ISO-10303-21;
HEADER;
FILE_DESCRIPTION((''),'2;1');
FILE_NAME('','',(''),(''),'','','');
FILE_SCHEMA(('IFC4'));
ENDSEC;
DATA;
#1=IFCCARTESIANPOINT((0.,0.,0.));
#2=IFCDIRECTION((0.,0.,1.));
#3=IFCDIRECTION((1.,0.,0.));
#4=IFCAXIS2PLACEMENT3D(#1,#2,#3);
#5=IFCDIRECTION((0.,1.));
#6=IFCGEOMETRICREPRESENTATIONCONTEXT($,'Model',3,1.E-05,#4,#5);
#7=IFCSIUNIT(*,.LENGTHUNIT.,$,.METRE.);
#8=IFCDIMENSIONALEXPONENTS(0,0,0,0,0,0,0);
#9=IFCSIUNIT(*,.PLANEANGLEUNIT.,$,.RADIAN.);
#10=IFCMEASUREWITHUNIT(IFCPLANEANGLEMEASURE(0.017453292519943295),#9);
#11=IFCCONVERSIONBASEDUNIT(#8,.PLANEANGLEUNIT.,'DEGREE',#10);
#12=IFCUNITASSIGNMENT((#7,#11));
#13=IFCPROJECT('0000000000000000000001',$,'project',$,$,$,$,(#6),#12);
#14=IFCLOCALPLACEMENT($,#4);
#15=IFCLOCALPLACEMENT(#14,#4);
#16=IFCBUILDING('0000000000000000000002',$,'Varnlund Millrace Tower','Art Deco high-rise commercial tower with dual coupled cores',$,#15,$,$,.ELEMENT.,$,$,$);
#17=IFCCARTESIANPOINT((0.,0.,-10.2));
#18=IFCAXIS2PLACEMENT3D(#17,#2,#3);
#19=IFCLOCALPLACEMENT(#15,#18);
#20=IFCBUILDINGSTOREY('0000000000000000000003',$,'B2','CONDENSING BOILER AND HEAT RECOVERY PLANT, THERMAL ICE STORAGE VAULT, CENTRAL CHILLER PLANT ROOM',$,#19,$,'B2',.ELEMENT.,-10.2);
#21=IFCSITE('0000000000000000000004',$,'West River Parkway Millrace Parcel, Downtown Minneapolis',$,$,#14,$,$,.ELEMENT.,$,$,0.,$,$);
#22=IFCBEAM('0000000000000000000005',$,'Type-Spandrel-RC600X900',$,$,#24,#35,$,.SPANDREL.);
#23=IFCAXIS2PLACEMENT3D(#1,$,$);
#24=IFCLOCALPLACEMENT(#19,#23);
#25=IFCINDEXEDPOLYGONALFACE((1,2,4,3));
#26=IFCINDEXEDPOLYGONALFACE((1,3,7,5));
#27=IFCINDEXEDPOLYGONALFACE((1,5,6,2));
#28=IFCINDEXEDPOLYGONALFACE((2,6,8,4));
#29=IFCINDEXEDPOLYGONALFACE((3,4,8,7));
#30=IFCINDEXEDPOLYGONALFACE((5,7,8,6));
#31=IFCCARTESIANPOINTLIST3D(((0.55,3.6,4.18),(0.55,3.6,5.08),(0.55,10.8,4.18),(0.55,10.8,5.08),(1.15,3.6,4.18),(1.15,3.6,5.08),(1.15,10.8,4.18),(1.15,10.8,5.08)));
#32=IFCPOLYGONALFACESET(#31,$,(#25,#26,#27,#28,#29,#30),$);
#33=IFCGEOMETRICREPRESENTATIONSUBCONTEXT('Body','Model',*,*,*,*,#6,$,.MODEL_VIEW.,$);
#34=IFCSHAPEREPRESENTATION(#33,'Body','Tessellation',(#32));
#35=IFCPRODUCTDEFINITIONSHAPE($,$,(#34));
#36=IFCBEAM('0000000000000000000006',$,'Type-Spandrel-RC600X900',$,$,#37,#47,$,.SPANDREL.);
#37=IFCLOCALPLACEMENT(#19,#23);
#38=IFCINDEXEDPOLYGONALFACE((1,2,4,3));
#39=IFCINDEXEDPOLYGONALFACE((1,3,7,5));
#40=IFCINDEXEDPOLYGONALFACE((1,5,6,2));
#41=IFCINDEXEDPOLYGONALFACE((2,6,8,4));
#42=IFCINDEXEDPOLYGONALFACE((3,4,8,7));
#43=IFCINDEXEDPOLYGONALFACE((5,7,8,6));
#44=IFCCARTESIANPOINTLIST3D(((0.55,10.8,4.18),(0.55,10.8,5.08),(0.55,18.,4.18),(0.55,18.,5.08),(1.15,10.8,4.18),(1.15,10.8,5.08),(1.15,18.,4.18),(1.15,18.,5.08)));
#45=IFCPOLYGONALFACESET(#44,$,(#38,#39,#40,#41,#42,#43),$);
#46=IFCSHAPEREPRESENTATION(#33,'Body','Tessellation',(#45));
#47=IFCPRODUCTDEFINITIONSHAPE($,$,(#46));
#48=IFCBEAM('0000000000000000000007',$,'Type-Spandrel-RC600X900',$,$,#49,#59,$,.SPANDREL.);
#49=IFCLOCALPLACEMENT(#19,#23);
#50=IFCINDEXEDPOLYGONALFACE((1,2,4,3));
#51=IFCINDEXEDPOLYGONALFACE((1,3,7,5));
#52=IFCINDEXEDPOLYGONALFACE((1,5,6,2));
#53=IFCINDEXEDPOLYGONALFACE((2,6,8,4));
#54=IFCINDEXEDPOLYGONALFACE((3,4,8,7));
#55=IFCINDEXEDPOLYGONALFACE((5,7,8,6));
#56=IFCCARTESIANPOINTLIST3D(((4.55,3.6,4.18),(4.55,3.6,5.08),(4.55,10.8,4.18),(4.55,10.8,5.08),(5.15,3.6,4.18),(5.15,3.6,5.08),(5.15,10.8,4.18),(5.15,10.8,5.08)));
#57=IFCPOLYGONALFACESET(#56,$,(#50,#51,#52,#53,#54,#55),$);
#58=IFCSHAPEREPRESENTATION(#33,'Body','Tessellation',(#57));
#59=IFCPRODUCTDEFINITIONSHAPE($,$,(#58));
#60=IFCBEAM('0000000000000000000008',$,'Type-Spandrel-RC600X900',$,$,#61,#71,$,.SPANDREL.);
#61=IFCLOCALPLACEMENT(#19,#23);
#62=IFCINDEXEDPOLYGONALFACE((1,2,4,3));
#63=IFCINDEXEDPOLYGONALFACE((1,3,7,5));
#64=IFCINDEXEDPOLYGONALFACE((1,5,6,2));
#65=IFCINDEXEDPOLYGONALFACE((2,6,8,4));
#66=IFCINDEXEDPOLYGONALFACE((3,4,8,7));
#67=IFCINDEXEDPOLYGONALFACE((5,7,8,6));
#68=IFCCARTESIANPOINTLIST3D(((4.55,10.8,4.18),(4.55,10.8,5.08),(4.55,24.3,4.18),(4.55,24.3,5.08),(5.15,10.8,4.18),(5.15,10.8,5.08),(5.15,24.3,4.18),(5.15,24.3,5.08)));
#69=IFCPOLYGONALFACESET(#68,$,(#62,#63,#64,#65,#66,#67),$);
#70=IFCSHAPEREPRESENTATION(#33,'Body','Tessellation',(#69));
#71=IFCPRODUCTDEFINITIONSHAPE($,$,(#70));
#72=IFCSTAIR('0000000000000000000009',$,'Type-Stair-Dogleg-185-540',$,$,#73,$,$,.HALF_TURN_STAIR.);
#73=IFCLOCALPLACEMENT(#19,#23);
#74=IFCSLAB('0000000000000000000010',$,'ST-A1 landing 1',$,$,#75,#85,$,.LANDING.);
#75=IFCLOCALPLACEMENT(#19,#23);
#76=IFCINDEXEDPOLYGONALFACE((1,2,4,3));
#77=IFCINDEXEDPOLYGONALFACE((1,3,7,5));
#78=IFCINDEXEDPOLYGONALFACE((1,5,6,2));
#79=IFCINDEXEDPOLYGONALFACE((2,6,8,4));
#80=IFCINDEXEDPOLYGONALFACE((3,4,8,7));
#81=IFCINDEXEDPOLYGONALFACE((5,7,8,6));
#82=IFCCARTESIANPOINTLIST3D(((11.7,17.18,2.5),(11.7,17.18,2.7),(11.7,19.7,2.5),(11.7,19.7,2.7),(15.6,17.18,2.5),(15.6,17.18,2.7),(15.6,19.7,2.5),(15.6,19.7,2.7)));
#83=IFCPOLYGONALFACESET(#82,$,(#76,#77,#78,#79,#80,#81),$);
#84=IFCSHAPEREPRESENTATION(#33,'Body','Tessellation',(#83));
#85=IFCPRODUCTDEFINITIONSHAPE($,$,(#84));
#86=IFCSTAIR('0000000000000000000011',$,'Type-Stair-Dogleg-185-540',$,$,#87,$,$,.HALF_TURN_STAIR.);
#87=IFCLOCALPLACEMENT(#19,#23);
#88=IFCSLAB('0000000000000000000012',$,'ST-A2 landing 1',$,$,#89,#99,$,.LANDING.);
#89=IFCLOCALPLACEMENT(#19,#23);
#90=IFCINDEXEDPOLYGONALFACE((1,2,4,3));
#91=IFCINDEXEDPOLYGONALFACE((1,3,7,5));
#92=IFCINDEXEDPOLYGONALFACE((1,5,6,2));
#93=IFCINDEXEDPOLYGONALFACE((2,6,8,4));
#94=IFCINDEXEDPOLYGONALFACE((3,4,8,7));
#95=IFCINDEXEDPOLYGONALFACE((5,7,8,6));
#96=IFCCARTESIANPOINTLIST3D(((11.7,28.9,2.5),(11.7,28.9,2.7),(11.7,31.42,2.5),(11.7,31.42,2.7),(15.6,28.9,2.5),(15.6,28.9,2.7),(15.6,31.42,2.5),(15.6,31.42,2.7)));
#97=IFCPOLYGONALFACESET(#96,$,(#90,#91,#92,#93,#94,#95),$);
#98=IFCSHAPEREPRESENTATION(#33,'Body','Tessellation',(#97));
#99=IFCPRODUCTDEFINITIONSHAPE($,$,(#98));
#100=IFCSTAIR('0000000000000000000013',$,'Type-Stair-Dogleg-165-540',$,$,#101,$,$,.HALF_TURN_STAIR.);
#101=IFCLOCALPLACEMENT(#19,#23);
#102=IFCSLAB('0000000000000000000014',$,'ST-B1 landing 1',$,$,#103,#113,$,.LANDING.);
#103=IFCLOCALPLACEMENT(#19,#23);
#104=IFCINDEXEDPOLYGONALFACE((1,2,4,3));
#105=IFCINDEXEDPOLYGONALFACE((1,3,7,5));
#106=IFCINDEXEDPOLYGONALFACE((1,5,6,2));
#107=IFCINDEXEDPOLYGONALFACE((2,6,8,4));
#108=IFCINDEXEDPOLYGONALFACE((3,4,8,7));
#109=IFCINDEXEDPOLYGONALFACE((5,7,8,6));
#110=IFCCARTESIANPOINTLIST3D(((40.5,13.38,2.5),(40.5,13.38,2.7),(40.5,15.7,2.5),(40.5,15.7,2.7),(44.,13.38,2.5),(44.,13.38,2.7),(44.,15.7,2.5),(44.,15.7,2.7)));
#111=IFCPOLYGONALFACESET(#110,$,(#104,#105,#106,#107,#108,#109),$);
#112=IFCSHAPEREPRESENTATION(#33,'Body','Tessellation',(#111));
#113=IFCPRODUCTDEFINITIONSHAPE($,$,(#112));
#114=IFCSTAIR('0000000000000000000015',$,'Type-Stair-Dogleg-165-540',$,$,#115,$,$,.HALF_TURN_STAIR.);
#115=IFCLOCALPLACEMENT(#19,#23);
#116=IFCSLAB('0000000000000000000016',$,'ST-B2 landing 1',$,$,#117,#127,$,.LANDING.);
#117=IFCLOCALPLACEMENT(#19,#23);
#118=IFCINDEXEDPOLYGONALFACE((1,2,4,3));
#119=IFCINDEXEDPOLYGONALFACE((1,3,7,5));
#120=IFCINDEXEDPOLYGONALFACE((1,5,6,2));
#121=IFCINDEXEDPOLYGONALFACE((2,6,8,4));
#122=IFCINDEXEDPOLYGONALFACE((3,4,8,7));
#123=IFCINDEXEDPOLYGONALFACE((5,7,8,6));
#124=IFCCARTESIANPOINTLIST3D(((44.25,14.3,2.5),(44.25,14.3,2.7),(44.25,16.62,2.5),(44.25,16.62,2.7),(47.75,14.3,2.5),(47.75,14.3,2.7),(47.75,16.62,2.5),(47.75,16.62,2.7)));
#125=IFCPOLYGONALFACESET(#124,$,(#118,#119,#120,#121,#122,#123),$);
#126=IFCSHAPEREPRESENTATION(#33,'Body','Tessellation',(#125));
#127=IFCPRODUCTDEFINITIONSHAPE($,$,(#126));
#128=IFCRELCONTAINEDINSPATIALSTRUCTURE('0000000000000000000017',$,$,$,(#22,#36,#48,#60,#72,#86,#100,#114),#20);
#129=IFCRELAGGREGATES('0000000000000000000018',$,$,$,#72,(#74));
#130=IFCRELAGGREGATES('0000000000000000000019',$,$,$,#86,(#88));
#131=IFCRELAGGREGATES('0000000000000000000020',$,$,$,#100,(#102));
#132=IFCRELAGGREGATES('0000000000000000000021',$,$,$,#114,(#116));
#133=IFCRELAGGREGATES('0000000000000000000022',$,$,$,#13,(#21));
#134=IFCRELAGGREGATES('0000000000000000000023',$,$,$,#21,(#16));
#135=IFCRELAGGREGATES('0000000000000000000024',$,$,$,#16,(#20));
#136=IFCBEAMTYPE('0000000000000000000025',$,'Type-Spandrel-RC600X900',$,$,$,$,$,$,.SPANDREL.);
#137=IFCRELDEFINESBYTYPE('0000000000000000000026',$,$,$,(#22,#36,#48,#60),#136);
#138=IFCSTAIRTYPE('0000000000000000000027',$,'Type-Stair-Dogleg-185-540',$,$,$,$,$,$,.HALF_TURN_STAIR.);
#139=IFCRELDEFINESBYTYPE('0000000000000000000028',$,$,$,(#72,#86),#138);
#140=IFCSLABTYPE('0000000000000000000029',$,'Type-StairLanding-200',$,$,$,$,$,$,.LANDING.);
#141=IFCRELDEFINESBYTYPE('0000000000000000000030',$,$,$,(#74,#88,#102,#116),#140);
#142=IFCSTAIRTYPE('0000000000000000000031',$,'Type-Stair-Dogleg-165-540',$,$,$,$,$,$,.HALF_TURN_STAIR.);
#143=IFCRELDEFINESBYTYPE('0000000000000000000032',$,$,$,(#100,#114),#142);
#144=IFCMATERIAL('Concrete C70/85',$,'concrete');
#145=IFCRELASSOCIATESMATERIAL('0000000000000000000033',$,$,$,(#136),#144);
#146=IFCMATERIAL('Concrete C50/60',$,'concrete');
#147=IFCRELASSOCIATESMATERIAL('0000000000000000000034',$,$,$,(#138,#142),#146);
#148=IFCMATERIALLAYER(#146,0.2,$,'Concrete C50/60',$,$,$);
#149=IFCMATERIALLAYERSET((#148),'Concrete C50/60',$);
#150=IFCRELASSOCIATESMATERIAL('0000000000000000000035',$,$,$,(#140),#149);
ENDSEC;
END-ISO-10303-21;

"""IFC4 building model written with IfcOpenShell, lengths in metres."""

from ifc_helpers import new_model, entity, si_unit, converted_unit, direction, frame, origin_with_axes, origin_2d_with_axis, place, context, subcontext, project, spatial, polyline, rectangle, outline, extrude, material, layer, layer_set, material_profile, profile_set, type_object, element, aggregate, save


model = new_model("IFC4")

# Units and contexts
model_context = context("Model", 3, precision=1e-05, world=origin_with_axes(), true_north=direction((0.0, 1.0)))
body_context = subcontext(model_context, "Body", "Model", "MODEL_VIEW")
ifc_project = project(units=[si_unit("LENGTHUNIT", "METRE"), converted_unit("PLANEANGLEUNIT", "DEGREE", entity("IfcPlaneAngleMeasure", 0.017453292519943295), si_unit("PLANEANGLEUNIT", "RADIAN"), dimensions=[0, 0, 0, 0, 0, 0, 0])], contexts=[model_context])

# Site, building, storey
site_placement = place(None, origin_with_axes())
site = spatial("IfcSite", under=ifc_project, at=site_placement, Name="West River Parkway Millrace Parcel, Downtown Minneapolis", CompositionType="ELEMENT", RefElevation=0.0)
building_placement = place(site_placement, origin_with_axes())
building = spatial("IfcBuilding", under=site, at=building_placement, Name="Varnlund Millrace Tower", Description="Art Deco high-rise commercial tower with dual coupled cores", CompositionType="ELEMENT")
storey_placement = place(building_placement, frame((0.0, 0.0, -10.2), z_axis=(0.0, 0.0, 1.0), x_axis=(1.0, 0.0, 0.0)))
storey = spatial("IfcBuildingStorey", under=building, at=storey_placement, Name="B2", Description="CONDENSING BOILER AND HEAT RECOVERY PLANT, THERMAL ICE STORAGE VAULT, CENTRAL CHILLER PLANT ROOM", LongName="B2", CompositionType="ELEMENT", Elevation=-10.2)

# Beams
ifc_material_1 = material(Name="Concrete C70/85", Category="concrete")
ifc_material_profile_1 = material_profile(ifc_material_1, rectangle(XDim=0.6, YDim=0.9, at=origin_2d_with_axis()), Name="Concrete C70/85")
ifc_profile_set_1 = profile_set([ifc_material_profile_1], Name="Concrete C70/85")
beam_type_1 = type_object("IfcBeamType", Name="Type-Spandrel-RC600X900", PredefinedType="SPANDREL", material=ifc_profile_set_1)
for number, where, z_axis, x_axis, name in (
    (1, (0.85, 3.6, 4.63), (0.0, 1.0, 0.0), (-1.0, 0.0, 0.0), "Type-Spandrel-RC600X900"),
    (2, (0.85, 10.8, 4.63), (0.0, 1.0, 0.0), (-1.0, 0.0, 0.0), "Type-Spandrel-RC600X900"),
    (3, (4.85, 3.6, 4.63), (0.0, 1.0, 0.0), (-1.0, 0.0, 0.0), "Type-Spandrel-RC600X900"),
):
    element("IfcBeam", number, at=place(storey_placement, frame(where, z_axis=z_axis, x_axis=x_axis)), inside=storey, type_object=beam_type_1, Name=name, PredefinedType="SPANDREL", context=body_context, shape_type="SweptSolid", body=[
        extrude(rectangle(XDim=0.6, YDim=0.9, at=origin_2d_with_axis()), origin_with_axes(), (0.0, 0.0, 1.0), 7.2),
    ])
beam_1_placement = place(storey_placement, frame((4.85, 10.8, 4.63), z_axis=(0.0, 1.0, 0.0), x_axis=(-1.0, 0.0, 0.0)))
element("IfcBeam", 4, at=beam_1_placement, inside=storey, type_object=beam_type_1, Name="Type-Spandrel-RC600X900", PredefinedType="SPANDREL", context=body_context, shape_type="SweptSolid", body=[
    extrude(rectangle(XDim=0.6, YDim=0.9, at=origin_2d_with_axis()), origin_with_axes(), (0.0, 0.0, 1.0), 13.5),
])

# Stairs, slabs
ifc_material_2 = material(Name="Concrete C50/60", Category="concrete")
stair_type_1 = type_object("IfcStairType", Name="Type-Stair-Dogleg-185-540", PredefinedType="HALF_TURN_STAIR", material=ifc_material_2)
stair_1_placement = place(storey_placement, origin_with_axes())
stair_1 = element("IfcStair", 5, at=stair_1_placement, inside=storey, type_object=stair_type_1, Name="Type-Stair-Dogleg-185-540", PredefinedType="HALF_TURN_STAIR")
ifc_layer = layer(ifc_material_2, 0.2, Name="Concrete C50/60")
ifc_layer_set = layer_set([ifc_layer], Name="Concrete C50/60")
slab_type = type_object("IfcSlabType", Name="Type-StairLanding-200", PredefinedType="LANDING", material=ifc_layer_set)
slab_1_placement = place(storey_placement, frame((0.0, 0.0, 2.5), z_axis=(0.0, 0.0, 1.0), x_axis=(1.0, 0.0, 0.0)))
slab_1 = element("IfcSlab", 6, at=slab_1_placement, type_object=slab_type, Name="ST-A1 landing 1", PredefinedType="LANDING", context=body_context, shape_type="SweptSolid", body=[
    extrude(outline(polyline([(15.6, 17.18), (15.6, 19.7), (11.7, 19.7), (11.7, 17.18), (15.6, 17.18)])), origin_with_axes(), (0.0, 0.0, 1.0), 0.2),
])
aggregate(stair_1, [slab_1])
stair_2_placement = place(storey_placement, origin_with_axes())
stair_2 = element("IfcStair", 7, at=stair_2_placement, inside=storey, type_object=stair_type_1, Name="Type-Stair-Dogleg-185-540", PredefinedType="HALF_TURN_STAIR")
slab_2_placement = place(storey_placement, frame((0.0, 0.0, 2.5), z_axis=(0.0, 0.0, 1.0), x_axis=(1.0, 0.0, 0.0)))
slab_2 = element("IfcSlab", 8, at=slab_2_placement, type_object=slab_type, Name="ST-A2 landing 1", PredefinedType="LANDING", context=body_context, shape_type="SweptSolid", body=[
    extrude(outline(polyline([(11.7, 31.42), (11.7, 28.9), (15.6, 28.9), (15.6, 31.42), (11.7, 31.42)])), origin_with_axes(), (0.0, 0.0, 1.0), 0.2),
])
aggregate(stair_2, [slab_2])
stair_type_2 = type_object("IfcStairType", Name="Type-Stair-Dogleg-165-540", PredefinedType="HALF_TURN_STAIR", material=ifc_material_2)
stair_3_placement = place(storey_placement, origin_with_axes())
stair_3 = element("IfcStair", 9, at=stair_3_placement, inside=storey, type_object=stair_type_2, Name="Type-Stair-Dogleg-165-540", PredefinedType="HALF_TURN_STAIR")
slab_3_placement = place(storey_placement, frame((0.0, 0.0, 2.5), z_axis=(0.0, 0.0, 1.0), x_axis=(1.0, 0.0, 0.0)))
slab_3 = element("IfcSlab", 10, at=slab_3_placement, type_object=slab_type, Name="ST-B1 landing 1", PredefinedType="LANDING", context=body_context, shape_type="SweptSolid", body=[
    extrude(outline(polyline([(44.0, 13.38), (44.0, 15.7), (40.5, 15.7), (40.5, 13.38), (44.0, 13.38)])), origin_with_axes(), (0.0, 0.0, 1.0), 0.2),
])
aggregate(stair_3, [slab_3])
stair_4_placement = place(storey_placement, origin_with_axes())
stair_4 = element("IfcStair", 11, at=stair_4_placement, inside=storey, type_object=stair_type_2, Name="Type-Stair-Dogleg-165-540", PredefinedType="HALF_TURN_STAIR")
slab_4_placement = place(storey_placement, frame((0.0, 0.0, 2.5), z_axis=(0.0, 0.0, 1.0), x_axis=(1.0, 0.0, 0.0)))
slab_4 = element("IfcSlab", 12, at=slab_4_placement, type_object=slab_type, Name="ST-B2 landing 1", PredefinedType="LANDING", context=body_context, shape_type="SweptSolid", body=[
    extrude(outline(polyline([(44.25, 16.62), (44.25, 14.3), (47.75, 14.3), (47.75, 16.62), (44.25, 16.62)])), origin_with_axes(), (0.0, 0.0, 1.0), 0.2),
])
aggregate(stair_4, [slab_4])

save(model, "model.ifc")
